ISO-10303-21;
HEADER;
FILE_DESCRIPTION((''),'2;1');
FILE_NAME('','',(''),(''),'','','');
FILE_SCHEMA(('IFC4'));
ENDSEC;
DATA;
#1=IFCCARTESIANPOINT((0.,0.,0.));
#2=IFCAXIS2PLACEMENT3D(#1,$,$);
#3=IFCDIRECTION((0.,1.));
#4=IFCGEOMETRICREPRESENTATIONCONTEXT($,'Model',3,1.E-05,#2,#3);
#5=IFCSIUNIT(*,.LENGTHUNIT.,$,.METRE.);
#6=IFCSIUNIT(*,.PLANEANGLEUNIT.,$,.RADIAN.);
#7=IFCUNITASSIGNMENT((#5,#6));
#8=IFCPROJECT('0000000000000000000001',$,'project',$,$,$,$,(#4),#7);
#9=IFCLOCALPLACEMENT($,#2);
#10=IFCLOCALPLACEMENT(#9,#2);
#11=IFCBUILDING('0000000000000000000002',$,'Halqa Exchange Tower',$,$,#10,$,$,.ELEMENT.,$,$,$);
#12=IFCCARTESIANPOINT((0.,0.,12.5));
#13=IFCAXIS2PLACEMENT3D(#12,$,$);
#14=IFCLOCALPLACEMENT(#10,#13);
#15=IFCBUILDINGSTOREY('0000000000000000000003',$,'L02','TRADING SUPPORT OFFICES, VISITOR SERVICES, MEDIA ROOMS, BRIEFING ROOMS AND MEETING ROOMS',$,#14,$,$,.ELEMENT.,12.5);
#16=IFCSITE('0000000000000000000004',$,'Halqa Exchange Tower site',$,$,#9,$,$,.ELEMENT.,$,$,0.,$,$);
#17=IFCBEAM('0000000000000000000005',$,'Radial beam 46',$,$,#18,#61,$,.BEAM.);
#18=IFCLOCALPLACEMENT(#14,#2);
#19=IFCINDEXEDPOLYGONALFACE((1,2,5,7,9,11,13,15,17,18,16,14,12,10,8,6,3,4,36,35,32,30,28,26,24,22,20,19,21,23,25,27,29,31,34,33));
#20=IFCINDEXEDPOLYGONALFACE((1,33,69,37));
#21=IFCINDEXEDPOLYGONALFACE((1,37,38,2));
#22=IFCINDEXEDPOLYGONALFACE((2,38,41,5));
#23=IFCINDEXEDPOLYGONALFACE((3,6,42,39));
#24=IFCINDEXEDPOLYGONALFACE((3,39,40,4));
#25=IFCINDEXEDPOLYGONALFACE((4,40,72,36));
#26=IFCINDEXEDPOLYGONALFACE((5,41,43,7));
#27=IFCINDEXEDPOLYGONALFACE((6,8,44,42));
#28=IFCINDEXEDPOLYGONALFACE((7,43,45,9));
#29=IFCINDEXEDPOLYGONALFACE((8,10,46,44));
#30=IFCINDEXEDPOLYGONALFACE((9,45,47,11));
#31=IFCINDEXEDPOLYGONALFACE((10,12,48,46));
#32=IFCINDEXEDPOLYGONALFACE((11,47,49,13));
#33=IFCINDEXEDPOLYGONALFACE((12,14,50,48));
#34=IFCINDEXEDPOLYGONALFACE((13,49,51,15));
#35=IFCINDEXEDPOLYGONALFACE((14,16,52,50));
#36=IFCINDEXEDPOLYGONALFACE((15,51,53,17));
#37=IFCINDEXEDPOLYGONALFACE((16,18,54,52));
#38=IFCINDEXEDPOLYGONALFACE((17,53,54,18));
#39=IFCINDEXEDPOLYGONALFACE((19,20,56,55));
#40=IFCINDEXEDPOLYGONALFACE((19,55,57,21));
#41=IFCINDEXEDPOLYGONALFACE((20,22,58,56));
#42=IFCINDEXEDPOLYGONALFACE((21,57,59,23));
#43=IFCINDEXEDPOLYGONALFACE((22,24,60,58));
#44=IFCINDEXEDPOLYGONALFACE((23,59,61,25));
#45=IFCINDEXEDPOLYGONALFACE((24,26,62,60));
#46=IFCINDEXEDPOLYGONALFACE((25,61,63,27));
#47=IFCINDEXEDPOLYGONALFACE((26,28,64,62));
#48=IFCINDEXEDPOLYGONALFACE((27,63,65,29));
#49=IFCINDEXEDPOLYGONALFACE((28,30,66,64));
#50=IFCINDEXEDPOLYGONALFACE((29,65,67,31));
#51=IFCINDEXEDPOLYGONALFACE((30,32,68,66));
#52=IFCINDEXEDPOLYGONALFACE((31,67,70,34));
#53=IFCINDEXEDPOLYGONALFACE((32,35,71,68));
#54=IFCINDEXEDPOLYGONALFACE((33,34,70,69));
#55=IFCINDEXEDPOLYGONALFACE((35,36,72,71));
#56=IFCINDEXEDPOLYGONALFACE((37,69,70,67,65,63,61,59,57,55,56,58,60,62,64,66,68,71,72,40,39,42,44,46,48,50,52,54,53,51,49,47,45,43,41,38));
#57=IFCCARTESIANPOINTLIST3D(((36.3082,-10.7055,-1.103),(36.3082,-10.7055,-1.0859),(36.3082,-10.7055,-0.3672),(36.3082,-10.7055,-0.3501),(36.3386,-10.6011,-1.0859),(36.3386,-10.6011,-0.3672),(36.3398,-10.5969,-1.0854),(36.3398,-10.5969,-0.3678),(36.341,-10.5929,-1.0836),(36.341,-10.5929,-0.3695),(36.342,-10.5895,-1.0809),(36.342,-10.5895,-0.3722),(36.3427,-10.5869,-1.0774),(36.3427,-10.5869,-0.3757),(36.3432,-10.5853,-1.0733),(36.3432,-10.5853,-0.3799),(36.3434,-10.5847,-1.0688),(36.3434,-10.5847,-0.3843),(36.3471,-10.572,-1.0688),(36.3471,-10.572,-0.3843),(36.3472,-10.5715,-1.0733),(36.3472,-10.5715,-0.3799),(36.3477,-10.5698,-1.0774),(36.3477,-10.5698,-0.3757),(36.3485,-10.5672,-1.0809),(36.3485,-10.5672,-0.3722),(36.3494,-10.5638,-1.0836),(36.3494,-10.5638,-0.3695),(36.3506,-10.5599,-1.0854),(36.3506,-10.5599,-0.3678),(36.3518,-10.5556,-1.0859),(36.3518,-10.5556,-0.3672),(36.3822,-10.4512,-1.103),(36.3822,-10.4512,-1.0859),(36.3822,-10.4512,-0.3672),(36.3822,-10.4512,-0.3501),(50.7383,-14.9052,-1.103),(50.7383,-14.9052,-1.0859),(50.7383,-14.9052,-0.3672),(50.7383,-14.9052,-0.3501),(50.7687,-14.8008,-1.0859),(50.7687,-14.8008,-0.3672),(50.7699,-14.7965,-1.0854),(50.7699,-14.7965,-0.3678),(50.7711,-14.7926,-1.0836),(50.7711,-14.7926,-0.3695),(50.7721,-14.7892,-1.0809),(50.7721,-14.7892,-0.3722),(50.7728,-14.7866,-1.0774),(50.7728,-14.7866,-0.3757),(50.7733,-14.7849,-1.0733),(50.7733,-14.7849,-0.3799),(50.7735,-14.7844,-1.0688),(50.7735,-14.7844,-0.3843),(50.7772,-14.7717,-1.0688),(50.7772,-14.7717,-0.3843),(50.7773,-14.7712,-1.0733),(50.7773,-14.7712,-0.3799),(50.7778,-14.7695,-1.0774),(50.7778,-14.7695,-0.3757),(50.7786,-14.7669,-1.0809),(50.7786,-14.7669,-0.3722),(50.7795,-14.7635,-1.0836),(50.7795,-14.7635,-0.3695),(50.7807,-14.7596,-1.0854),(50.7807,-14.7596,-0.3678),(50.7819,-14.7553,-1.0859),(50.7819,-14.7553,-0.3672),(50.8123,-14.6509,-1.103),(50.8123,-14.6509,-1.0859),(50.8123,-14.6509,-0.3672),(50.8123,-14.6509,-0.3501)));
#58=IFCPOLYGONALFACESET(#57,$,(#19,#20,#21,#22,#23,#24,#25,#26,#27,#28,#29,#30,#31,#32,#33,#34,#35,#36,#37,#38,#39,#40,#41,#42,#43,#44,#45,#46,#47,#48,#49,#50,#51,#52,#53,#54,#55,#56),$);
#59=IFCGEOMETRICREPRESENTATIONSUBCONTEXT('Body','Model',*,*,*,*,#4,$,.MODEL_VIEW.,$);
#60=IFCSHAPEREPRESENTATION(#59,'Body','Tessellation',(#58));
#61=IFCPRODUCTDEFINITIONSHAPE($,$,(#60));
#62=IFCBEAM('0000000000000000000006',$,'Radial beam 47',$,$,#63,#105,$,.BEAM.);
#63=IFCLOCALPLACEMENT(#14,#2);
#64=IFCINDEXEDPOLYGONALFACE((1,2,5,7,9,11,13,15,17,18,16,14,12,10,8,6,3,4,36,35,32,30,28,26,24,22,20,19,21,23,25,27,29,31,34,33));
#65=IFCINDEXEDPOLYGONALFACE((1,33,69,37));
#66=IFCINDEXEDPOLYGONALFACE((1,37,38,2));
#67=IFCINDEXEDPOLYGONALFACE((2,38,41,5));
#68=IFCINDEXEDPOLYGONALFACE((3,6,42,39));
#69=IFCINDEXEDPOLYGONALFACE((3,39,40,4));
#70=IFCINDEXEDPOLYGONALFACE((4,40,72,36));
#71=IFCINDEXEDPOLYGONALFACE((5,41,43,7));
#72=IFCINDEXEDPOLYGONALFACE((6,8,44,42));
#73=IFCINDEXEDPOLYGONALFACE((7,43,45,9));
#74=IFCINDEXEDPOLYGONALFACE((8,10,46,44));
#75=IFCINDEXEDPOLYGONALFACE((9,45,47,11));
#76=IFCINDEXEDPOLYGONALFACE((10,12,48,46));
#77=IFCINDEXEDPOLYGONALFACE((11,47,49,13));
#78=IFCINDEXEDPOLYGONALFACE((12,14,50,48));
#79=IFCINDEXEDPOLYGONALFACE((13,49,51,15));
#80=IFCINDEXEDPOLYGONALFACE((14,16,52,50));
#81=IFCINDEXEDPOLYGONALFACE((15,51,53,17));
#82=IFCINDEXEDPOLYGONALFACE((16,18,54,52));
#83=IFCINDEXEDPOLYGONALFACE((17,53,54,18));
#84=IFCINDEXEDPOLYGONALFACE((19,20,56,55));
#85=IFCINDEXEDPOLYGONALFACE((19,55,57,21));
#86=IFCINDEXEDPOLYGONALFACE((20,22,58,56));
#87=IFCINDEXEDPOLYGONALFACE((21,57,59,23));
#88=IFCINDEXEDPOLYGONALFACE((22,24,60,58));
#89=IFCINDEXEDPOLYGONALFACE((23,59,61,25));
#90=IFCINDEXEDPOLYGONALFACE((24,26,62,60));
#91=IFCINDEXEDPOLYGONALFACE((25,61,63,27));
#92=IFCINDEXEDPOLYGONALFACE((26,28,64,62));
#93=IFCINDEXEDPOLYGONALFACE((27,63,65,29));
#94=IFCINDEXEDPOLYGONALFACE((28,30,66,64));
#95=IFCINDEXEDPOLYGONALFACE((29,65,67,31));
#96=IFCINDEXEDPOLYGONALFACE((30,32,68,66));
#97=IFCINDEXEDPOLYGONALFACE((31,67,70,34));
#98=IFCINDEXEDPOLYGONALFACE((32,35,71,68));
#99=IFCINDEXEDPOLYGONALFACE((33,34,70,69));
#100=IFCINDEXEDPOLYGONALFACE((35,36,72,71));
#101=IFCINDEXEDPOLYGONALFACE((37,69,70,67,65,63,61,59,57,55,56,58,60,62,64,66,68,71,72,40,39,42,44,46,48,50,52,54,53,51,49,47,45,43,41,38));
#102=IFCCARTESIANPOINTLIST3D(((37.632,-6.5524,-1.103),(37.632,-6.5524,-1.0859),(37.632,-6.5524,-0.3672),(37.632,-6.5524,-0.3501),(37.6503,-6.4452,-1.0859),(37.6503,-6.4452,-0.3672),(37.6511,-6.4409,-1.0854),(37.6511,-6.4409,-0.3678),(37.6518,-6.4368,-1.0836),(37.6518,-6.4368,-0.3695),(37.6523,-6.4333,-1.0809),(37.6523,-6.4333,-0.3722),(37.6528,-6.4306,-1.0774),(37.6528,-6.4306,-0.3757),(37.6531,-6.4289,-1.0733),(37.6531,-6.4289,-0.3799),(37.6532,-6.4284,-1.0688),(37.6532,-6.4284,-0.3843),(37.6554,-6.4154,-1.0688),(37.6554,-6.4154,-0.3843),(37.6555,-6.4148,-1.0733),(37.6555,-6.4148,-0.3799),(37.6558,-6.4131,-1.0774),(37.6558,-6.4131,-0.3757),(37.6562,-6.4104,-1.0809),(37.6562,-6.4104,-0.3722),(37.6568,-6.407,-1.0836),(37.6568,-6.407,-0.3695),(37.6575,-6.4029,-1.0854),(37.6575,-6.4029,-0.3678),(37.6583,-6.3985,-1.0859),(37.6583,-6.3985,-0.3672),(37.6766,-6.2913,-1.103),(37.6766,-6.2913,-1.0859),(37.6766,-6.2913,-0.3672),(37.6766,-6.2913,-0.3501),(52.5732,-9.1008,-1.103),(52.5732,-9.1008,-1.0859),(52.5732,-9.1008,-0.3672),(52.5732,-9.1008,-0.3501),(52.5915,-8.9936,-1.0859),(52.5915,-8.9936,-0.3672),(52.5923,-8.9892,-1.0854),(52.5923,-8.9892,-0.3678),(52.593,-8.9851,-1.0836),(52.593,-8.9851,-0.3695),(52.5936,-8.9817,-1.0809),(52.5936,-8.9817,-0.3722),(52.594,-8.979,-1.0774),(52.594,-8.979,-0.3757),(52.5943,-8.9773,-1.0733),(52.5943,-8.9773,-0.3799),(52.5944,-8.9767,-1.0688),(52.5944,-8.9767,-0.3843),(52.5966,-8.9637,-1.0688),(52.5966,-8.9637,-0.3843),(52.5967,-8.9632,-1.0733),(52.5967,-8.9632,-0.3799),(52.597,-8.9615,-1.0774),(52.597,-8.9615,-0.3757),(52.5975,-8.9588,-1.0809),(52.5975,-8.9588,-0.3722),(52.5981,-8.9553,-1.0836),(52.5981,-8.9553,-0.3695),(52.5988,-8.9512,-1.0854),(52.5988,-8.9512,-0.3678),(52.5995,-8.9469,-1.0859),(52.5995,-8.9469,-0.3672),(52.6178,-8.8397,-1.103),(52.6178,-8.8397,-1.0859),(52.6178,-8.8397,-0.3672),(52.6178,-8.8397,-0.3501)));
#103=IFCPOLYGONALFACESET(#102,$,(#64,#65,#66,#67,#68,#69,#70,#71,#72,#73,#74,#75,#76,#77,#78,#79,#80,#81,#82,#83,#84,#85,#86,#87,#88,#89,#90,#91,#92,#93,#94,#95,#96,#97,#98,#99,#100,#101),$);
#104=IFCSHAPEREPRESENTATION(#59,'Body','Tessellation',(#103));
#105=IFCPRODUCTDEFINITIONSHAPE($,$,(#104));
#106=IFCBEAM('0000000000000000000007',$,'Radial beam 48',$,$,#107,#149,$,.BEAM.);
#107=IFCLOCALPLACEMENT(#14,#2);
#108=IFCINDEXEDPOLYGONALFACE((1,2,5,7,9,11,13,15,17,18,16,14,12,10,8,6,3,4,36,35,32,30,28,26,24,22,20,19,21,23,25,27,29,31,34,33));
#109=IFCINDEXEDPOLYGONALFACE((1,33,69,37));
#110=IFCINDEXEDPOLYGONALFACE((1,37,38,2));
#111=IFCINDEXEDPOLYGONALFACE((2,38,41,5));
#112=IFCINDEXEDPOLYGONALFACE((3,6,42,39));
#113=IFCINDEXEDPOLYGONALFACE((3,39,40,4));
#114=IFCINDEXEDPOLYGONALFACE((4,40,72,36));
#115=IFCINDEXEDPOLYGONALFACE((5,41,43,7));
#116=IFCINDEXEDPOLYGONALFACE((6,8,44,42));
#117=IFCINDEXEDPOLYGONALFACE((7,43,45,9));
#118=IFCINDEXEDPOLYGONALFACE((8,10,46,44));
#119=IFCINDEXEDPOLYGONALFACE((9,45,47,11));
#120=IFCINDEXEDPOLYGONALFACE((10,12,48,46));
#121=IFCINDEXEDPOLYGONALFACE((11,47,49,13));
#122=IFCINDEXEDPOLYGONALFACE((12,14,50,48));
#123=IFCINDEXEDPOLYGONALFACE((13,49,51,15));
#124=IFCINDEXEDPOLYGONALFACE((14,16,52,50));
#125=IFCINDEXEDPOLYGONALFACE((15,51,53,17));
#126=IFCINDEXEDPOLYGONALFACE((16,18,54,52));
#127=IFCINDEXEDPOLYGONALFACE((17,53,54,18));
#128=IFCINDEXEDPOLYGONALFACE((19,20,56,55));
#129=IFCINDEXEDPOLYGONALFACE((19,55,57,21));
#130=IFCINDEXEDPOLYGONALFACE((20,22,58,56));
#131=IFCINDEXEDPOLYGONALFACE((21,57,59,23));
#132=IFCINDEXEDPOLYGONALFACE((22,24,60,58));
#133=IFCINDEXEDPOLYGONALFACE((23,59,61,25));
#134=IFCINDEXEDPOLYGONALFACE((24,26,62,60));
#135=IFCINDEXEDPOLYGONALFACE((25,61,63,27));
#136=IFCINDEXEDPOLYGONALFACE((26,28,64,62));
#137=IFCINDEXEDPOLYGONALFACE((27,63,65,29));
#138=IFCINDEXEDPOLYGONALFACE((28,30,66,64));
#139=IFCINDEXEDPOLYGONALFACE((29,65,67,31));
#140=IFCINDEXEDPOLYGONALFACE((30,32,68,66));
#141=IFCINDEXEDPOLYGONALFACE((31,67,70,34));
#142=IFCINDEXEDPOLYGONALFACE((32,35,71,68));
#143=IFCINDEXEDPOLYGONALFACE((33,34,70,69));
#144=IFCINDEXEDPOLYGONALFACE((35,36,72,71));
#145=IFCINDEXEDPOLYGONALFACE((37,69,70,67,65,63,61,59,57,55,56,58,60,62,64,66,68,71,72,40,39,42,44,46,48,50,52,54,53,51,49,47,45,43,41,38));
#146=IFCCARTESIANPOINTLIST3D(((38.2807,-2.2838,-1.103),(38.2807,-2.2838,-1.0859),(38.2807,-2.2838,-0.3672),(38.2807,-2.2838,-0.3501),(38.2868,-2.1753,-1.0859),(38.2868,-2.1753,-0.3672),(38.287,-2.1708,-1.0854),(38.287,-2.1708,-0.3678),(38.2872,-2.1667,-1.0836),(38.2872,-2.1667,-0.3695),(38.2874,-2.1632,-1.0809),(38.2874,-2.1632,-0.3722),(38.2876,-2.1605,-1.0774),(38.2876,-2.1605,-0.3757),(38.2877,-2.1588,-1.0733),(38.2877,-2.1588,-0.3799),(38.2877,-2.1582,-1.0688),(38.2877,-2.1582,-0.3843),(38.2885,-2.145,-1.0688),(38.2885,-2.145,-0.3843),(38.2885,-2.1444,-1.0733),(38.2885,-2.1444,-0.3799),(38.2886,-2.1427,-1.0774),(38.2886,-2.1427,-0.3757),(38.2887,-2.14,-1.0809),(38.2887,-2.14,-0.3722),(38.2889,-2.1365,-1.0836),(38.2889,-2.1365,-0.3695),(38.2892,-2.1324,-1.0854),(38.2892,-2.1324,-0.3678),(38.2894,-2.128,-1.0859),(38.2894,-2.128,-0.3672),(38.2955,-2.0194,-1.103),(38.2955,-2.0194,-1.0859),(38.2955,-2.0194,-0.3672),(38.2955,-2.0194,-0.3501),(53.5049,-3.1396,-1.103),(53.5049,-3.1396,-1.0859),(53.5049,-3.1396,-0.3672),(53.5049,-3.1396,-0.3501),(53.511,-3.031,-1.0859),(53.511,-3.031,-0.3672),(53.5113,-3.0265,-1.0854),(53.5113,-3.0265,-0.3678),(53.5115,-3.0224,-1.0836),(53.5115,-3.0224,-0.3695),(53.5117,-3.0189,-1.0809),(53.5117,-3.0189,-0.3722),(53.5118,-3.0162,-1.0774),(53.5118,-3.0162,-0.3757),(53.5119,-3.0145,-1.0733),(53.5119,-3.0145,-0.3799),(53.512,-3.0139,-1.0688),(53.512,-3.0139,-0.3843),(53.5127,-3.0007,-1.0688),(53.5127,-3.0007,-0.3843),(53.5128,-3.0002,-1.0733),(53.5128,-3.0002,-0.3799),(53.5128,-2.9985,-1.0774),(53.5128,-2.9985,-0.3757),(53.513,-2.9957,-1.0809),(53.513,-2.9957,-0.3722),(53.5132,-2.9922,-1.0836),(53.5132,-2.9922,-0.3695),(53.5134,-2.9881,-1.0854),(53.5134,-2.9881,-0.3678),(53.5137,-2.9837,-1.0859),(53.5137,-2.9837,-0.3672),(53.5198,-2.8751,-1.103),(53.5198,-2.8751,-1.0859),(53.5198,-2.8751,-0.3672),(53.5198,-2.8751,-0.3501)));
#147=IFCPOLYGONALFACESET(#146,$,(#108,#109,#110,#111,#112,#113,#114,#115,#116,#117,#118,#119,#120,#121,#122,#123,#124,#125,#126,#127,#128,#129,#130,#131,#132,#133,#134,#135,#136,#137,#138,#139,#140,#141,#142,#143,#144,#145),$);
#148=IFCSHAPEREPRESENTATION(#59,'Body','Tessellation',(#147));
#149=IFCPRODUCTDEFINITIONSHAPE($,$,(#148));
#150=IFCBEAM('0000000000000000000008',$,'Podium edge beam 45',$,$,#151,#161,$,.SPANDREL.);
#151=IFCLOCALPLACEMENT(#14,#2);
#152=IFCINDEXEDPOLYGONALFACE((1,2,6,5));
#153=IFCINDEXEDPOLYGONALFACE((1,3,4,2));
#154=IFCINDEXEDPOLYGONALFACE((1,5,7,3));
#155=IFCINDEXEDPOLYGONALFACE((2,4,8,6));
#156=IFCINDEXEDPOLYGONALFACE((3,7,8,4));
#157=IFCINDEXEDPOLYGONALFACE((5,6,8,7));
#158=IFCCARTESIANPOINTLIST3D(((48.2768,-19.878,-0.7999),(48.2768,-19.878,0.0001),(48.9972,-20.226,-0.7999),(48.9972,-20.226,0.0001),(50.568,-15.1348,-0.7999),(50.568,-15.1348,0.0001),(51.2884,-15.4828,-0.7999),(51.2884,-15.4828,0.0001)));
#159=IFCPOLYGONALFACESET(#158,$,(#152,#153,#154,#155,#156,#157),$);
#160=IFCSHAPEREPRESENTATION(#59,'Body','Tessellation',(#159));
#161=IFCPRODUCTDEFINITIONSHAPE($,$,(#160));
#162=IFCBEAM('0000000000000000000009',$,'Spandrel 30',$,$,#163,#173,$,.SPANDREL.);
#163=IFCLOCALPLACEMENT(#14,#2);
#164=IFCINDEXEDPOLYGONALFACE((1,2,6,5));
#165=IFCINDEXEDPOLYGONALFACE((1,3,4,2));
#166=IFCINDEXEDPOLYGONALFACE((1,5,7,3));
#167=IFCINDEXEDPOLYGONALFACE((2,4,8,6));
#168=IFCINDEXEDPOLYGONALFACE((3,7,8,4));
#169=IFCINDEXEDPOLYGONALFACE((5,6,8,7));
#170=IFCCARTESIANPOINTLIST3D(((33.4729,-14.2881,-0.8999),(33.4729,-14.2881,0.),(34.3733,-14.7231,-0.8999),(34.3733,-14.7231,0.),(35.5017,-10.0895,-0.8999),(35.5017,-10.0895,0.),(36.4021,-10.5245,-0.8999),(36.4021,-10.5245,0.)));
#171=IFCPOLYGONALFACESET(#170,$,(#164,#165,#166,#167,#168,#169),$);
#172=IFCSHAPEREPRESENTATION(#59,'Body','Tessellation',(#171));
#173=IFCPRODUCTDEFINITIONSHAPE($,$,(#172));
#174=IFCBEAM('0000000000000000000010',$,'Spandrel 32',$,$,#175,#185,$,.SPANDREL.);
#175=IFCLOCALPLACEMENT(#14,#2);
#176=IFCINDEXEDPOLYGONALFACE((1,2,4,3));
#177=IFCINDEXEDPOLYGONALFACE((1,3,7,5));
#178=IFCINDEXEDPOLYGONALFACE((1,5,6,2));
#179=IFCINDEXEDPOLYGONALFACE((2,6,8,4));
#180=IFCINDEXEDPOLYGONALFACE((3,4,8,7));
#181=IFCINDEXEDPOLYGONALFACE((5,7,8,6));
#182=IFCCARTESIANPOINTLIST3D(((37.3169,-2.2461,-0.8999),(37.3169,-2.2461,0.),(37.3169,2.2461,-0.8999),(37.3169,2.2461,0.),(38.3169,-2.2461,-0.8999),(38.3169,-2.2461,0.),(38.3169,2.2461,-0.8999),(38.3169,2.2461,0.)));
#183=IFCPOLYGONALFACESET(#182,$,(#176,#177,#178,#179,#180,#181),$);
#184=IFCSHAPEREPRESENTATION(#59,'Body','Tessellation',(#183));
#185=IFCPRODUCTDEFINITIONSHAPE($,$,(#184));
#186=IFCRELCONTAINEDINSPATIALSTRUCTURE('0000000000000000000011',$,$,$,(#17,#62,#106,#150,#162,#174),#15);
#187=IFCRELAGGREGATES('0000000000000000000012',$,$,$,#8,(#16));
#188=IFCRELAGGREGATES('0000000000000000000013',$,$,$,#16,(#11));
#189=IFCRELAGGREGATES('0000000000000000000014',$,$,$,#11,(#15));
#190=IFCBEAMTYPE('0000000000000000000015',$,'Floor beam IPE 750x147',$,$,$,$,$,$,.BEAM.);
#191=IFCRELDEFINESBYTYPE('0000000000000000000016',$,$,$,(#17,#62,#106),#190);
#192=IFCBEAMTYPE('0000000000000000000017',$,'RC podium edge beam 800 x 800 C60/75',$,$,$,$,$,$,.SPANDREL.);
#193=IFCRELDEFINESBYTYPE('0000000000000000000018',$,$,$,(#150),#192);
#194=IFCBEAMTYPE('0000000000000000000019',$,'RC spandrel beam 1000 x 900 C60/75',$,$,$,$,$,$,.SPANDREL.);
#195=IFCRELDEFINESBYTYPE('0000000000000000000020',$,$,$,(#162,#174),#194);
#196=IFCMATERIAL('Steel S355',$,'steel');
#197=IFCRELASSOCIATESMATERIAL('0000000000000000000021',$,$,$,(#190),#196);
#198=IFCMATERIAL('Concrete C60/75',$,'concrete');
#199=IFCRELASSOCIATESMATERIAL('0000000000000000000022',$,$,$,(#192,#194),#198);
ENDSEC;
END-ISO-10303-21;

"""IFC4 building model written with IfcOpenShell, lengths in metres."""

from ifc_helpers import new_model, si_unit, direction, frame, origin, origin_2d, place, context, subcontext, project, spatial, rectangle, i_section, extrude, material, material_profile, profile_set, type_object, element, save


model = new_model("IFC4")

# Units and contexts
model_context = context("Model", 3, precision=1e-05, world=origin(), true_north=direction((0.0, 1.0)))
body_context = subcontext(model_context, "Body", "Model", "MODEL_VIEW")
ifc_project = project(units=[si_unit("LENGTHUNIT", "METRE"), si_unit("PLANEANGLEUNIT", "RADIAN")], contexts=[model_context])

# Site, building, storey
site_placement = place(None, origin())
site = spatial("IfcSite", under=ifc_project, at=site_placement, Name="Halqa Exchange Tower site", CompositionType="ELEMENT", RefElevation=0.0)
building_placement = place(site_placement, origin())
building = spatial("IfcBuilding", under=site, at=building_placement, Name="Halqa Exchange Tower", CompositionType="ELEMENT")
storey_placement = place(building_placement, frame((0.0, 0.0, 12.5)))
storey = spatial("IfcBuildingStorey", under=building, at=storey_placement, Name="L02", Description="TRADING SUPPORT OFFICES, VISITOR SERVICES, MEDIA ROOMS, BRIEFING ROOMS AND MEETING ROOMS", CompositionType="ELEMENT", Elevation=12.5)

# Shared definitions
ifc_material_1 = material(Name="Concrete C60/75", Category="concrete")

# Beams
ifc_material_2 = material(Name="Steel S355", Category="steel")
ifc_material_profile_1 = material_profile(ifc_material_2, i_section(OverallWidth=0.2649, OverallDepth=0.7529, WebThickness=0.0132, FlangeThickness=0.0171, FilletRadius=0.0171, at=origin_2d()), Name="IPE 750x147")
ifc_profile_set_1 = profile_set([ifc_material_profile_1], Name="Steel S355")
beam_type_1 = type_object("IfcBeamType", Name="Floor beam IPE 750x147", PredefinedType="BEAM", material=ifc_profile_set_1)
beam_1_placement = place(storey_placement, frame((36.3452, -10.5784, -0.7266), z_axis=(0.960162, -0.279442, 0.0), x_axis=(0.279442, 0.960162, 0.0)))
element("IfcBeam", 1, at=beam_1_placement, inside=storey, type_object=beam_type_1, Name="Radial beam 46", PredefinedType="BEAM", context=body_context, shape_type="SweptSolid", body=[
    extrude(i_section(OverallWidth=0.2649, OverallDepth=0.7529, WebThickness=0.0132, FlangeThickness=0.0171, FilletRadius=0.0171, at=origin_2d()), origin(), (0.0, 0.0, 1.0), 15.0288),
])
beam_2_placement = place(storey_placement, frame((37.6543, -6.4219, -0.7266), z_axis=(0.985765, -0.16813, 0.0), x_axis=(0.16813, 0.985765, 0.0)))
element("IfcBeam", 2, at=beam_2_placement, inside=storey, type_object=beam_type_1, Name="Radial beam 47", PredefinedType="BEAM", context=body_context, shape_type="SweptSolid", body=[
    extrude(i_section(OverallWidth=0.2649, OverallDepth=0.7529, WebThickness=0.0132, FlangeThickness=0.0171, FilletRadius=0.0171, at=origin_2d()), origin(), (0.0, 0.0, 1.0), 15.157),
])
beam_3_placement = place(storey_placement, frame((38.2881, -2.1516, -0.7266), z_axis=(0.998424, -0.056118, 0.0), x_axis=(0.056118, 0.998424, 0.0)))
element("IfcBeam", 3, at=beam_3_placement, inside=storey, type_object=beam_type_1, Name="Radial beam 48", PredefinedType="BEAM", context=body_context, shape_type="SweptSolid", body=[
    extrude(i_section(OverallWidth=0.2649, OverallDepth=0.7529, WebThickness=0.0132, FlangeThickness=0.0171, FilletRadius=0.0171, at=origin_2d()), origin(), (0.0, 0.0, 1.0), 15.2483),
])
ifc_material_profile_2 = material_profile(ifc_material_1, rectangle(XDim=0.8, YDim=0.8, at=origin_2d()), Name="800 x 800")
ifc_profile_set_2 = profile_set([ifc_material_profile_2], Name="Concrete C60/75")
beam_type_2 = type_object("IfcBeamType", Name="RC podium edge beam 800 x 800 C60/75", PredefinedType="SPANDREL", material=ifc_profile_set_2)
beam_4_placement = place(storey_placement, frame((48.637, -20.052, -0.3999), z_axis=(0.434973, 0.900443, 0.0), x_axis=(-0.900443, 0.434973, 0.0)))
element("IfcBeam", 4, at=beam_4_placement, inside=storey, type_object=beam_type_2, Name="Podium edge beam 45", PredefinedType="SPANDREL", context=body_context, shape_type="SweptSolid", body=[
    extrude(rectangle(XDim=0.8, YDim=0.8, at=origin_2d()), origin(), (0.0, 0.0, 1.0), 5.2676),
])
ifc_material_profile_3 = material_profile(ifc_material_1, rectangle(XDim=1.0, YDim=0.8999, at=origin_2d()), Name="1000 x 900")
ifc_profile_set_3 = profile_set([ifc_material_profile_3], Name="Concrete C60/75")
beam_type_3 = type_object("IfcBeamType", Name="RC spandrel beam 1000 x 900 C60/75", PredefinedType="SPANDREL", material=ifc_profile_set_3)
beam_5_placement = place(storey_placement, frame((33.9231, -14.5056, -0.45), z_axis=(0.435068, 0.900397, 0.0), x_axis=(-0.900397, 0.435068, 0.0)))
element("IfcBeam", 5, at=beam_5_placement, inside=storey, type_object=beam_type_3, Name="Spandrel 30", PredefinedType="SPANDREL", context=body_context, shape_type="SweptSolid", body=[
    extrude(rectangle(XDim=1.0, YDim=0.8999, at=origin_2d()), origin(), (0.0, 0.0, 1.0), 4.6631),
])
beam_6_placement = place(storey_placement, frame((37.8169, -2.2461, -0.45), z_axis=(0.0, 1.0, 0.0), x_axis=(-1.0, 0.0, 0.0)))
element("IfcBeam", 6, at=beam_6_placement, inside=storey, type_object=beam_type_3, Name="Spandrel 32", PredefinedType="SPANDREL", context=body_context, shape_type="SweptSolid", body=[
    extrude(rectangle(XDim=1.0, YDim=0.8999, at=origin_2d()), origin(), (0.0, 0.0, 1.0), 4.4922),
])

save(model, "model.ifc")
